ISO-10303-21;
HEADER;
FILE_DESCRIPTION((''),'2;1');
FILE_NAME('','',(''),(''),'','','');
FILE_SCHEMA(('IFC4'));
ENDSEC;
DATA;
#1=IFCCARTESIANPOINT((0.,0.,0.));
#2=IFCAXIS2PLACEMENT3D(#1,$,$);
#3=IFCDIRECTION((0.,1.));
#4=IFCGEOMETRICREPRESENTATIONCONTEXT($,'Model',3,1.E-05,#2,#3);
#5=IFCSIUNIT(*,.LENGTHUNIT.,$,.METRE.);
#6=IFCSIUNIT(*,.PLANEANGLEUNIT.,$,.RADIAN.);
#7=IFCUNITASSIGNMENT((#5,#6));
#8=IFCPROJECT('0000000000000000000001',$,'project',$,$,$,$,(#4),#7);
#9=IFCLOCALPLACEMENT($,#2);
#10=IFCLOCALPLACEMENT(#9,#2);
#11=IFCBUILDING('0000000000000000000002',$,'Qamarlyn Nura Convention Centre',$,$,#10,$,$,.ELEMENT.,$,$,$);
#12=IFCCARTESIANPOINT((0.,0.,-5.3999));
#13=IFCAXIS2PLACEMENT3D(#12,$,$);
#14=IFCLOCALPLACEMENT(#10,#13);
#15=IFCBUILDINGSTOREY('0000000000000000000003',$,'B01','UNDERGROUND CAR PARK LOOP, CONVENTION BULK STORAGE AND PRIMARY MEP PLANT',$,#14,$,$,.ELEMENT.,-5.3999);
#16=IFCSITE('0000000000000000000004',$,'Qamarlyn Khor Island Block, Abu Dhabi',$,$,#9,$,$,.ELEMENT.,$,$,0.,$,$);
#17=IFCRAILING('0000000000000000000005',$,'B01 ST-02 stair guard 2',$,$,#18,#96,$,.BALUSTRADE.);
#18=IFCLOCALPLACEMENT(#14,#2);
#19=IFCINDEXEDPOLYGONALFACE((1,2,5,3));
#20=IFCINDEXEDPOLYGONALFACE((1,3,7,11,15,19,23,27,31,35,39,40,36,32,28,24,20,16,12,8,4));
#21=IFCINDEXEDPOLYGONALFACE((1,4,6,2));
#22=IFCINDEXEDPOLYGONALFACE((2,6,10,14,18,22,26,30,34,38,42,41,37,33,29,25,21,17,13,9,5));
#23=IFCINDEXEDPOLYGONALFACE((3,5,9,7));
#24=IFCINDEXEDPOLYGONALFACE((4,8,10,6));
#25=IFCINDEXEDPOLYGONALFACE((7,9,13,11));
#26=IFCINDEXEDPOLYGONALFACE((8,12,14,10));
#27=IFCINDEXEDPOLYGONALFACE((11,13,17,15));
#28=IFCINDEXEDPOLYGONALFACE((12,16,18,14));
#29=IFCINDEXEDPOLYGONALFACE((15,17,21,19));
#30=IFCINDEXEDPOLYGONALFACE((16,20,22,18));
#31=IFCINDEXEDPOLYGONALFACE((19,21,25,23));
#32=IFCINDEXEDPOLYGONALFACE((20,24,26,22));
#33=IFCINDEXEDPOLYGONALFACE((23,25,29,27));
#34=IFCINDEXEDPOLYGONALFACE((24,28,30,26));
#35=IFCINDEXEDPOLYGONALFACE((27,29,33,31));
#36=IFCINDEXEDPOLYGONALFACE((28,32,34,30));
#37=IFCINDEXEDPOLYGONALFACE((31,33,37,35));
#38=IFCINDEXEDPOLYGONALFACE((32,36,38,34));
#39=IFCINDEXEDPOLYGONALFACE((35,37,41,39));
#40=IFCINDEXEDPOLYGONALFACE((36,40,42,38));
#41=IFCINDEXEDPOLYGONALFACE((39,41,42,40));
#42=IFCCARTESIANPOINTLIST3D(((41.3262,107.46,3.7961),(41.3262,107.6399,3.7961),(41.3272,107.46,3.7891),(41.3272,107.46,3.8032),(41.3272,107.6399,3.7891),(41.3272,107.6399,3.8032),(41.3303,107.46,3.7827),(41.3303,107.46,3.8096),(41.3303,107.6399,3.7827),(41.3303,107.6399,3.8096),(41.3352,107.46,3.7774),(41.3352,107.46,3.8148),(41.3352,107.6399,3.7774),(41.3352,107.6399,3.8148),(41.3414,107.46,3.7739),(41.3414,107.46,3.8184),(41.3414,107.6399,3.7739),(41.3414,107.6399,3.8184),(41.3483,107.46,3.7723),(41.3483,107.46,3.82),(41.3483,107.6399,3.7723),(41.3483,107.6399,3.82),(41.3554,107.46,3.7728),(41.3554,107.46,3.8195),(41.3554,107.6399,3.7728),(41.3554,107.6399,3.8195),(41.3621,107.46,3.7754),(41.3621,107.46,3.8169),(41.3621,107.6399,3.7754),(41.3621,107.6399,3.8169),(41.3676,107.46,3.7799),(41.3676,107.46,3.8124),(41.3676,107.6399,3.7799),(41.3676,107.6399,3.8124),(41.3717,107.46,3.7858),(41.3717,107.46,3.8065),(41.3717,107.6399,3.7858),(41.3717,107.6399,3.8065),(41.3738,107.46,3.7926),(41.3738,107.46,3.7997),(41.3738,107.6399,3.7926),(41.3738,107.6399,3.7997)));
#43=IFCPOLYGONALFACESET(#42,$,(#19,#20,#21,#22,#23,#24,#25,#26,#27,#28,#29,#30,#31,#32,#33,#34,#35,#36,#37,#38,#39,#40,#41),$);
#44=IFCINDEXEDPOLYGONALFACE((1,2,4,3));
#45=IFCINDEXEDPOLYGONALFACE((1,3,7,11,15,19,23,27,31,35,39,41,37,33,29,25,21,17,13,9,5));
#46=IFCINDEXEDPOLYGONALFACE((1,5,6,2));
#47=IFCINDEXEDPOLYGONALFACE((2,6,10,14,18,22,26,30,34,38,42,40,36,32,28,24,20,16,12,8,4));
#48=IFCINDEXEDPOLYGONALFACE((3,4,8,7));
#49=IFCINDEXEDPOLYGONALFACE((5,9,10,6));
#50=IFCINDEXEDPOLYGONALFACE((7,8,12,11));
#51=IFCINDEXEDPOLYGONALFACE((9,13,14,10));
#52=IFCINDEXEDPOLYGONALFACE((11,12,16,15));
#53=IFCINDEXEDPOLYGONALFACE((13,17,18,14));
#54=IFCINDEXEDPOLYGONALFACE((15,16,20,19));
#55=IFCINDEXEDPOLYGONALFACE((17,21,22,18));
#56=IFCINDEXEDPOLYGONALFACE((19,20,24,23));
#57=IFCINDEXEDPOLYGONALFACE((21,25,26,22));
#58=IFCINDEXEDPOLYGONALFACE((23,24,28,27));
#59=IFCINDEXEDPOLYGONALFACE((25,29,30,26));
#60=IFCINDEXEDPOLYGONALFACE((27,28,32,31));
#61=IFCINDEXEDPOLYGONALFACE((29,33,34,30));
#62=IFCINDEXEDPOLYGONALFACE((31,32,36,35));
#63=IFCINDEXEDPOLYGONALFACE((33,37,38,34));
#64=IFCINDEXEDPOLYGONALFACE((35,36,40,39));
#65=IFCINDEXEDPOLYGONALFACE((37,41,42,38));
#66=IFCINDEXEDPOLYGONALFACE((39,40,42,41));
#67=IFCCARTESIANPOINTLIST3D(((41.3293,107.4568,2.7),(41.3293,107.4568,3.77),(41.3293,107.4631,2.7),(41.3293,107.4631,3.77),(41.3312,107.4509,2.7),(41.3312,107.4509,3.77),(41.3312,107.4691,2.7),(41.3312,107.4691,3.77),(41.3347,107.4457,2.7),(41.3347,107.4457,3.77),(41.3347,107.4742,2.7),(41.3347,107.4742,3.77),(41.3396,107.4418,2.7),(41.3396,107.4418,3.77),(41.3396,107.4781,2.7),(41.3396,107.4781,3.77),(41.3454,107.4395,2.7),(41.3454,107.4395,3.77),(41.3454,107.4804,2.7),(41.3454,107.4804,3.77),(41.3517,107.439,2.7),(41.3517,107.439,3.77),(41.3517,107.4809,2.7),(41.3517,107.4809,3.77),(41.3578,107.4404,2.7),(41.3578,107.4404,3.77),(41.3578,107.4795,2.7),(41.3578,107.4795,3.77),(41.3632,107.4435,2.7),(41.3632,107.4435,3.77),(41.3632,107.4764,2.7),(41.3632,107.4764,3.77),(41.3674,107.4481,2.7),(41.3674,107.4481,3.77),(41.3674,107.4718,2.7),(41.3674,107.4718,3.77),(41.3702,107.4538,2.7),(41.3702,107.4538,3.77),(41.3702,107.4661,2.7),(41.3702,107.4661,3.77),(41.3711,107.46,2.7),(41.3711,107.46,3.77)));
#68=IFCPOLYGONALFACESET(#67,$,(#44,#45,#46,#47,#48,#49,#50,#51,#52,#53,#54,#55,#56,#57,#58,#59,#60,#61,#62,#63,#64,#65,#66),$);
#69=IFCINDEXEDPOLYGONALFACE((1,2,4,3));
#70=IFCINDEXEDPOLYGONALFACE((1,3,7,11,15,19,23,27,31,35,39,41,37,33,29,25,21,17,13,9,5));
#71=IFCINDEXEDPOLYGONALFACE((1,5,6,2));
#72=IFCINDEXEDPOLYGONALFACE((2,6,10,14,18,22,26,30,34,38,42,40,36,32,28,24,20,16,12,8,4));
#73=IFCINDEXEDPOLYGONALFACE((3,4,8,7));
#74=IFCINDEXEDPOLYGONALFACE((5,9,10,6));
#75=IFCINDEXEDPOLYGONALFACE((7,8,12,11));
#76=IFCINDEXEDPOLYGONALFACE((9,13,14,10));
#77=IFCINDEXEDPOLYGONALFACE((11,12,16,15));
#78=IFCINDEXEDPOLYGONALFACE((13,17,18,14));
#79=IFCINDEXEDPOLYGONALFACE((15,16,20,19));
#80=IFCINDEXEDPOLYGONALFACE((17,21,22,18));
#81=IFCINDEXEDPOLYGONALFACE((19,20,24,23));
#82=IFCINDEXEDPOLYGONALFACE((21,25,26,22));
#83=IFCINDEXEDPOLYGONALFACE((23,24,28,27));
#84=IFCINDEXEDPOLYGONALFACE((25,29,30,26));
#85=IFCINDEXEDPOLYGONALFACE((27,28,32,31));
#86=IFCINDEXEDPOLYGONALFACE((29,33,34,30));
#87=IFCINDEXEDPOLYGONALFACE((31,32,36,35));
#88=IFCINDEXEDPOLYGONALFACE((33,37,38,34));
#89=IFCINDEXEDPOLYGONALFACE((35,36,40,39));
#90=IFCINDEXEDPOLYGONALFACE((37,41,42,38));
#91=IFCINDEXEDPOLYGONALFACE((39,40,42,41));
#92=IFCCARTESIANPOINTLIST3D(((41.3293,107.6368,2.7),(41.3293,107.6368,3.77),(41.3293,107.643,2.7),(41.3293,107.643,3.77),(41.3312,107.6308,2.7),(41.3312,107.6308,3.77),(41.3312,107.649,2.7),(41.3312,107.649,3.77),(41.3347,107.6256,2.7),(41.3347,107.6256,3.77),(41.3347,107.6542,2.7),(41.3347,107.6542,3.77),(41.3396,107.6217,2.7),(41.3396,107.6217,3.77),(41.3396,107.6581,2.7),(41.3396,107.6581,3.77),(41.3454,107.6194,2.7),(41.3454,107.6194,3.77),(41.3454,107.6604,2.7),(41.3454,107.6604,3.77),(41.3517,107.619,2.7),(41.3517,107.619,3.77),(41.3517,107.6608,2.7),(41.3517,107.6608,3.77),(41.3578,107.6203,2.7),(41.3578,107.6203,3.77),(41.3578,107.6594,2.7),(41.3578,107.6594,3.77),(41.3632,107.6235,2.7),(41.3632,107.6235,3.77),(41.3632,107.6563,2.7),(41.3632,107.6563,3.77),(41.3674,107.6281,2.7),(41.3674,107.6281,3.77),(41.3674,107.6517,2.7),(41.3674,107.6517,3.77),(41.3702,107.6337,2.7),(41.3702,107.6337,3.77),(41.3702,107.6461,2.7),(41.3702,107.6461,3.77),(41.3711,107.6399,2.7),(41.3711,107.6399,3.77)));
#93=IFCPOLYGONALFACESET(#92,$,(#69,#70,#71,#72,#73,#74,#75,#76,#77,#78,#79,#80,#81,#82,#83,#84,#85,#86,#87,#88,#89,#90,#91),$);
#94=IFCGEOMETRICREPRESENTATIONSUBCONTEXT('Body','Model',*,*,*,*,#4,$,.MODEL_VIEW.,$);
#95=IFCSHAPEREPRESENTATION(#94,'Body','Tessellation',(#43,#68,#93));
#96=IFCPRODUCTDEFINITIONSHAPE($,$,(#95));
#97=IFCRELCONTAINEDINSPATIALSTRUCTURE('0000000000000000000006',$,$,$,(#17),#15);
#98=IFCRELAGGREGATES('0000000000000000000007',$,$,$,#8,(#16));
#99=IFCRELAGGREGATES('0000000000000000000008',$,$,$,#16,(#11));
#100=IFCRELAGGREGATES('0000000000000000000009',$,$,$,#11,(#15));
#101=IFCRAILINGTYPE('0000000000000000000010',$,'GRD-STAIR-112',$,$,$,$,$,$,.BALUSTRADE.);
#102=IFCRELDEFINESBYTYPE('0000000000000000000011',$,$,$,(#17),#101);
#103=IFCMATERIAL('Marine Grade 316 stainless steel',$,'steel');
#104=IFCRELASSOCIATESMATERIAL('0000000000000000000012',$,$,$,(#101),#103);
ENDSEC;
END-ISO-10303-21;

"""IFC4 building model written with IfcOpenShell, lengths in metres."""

from ifc_helpers import new_model, si_unit, direction, frame, origin, origin_2d, place, context, subcontext, project, spatial, circle, extrude, material, type_object, element, save


model = new_model("IFC4")

# Units and contexts
model_context = context("Model", 3, precision=1e-05, world=origin(), true_north=direction((0.0, 1.0)))
body_context = subcontext(model_context, "Body", "Model", "MODEL_VIEW")
ifc_project = project(units=[si_unit("LENGTHUNIT", "METRE"), si_unit("PLANEANGLEUNIT", "RADIAN")], contexts=[model_context])

# Site, building, storey
site_placement = place(None, origin())
site = spatial("IfcSite", under=ifc_project, at=site_placement, Name="Qamarlyn Khor Island Block, Abu Dhabi", CompositionType="ELEMENT", RefElevation=0.0)
building_placement = place(site_placement, origin())
building = spatial("IfcBuilding", under=site, at=building_placement, Name="Qamarlyn Nura Convention Centre", CompositionType="ELEMENT")
storey_placement = place(building_placement, frame((0.0, 0.0, -5.3999)))
storey = spatial("IfcBuildingStorey", under=building, at=storey_placement, Name="B01", Description="UNDERGROUND CAR PARK LOOP, CONVENTION BULK STORAGE AND PRIMARY MEP PLANT", CompositionType="ELEMENT", Elevation=-5.3999)

# Railing
ifc_material_1 = material(Name="Marine Grade 316 stainless steel", Category="steel")
railing_type_1 = type_object("IfcRailingType", Name="GRD-STAIR-112", PredefinedType="BALUSTRADE", material=ifc_material_1)
railing_1_placement = place(storey_placement, frame((41.3501, 107.46, 2.7)))
element("IfcRailing", 1, at=railing_1_placement, inside=storey, type_object=railing_type_1, Name="B01 ST-02 stair guard 2", PredefinedType="BALUSTRADE", context=body_context, shape_type="SweptSolid", body=[
    extrude(circle(Radius=0.0239, at=origin_2d()), frame((0.0, 0.0, 1.0962), z_axis=(0.0, 1.0, 0.0), x_axis=(-1.0, 0.0, 0.0)), (0.0, 0.0, 1.0), 0.1799),
    extrude(circle(Radius=0.021, at=origin_2d()), origin(), (0.0, 0.0, 1.0), 1.0701),
    extrude(circle(Radius=0.021, at=origin_2d()), frame((0.0, 0.1799, 0.0)), (0.0, 0.0, 1.0), 1.0701),
])

save(model, "model.ifc")
